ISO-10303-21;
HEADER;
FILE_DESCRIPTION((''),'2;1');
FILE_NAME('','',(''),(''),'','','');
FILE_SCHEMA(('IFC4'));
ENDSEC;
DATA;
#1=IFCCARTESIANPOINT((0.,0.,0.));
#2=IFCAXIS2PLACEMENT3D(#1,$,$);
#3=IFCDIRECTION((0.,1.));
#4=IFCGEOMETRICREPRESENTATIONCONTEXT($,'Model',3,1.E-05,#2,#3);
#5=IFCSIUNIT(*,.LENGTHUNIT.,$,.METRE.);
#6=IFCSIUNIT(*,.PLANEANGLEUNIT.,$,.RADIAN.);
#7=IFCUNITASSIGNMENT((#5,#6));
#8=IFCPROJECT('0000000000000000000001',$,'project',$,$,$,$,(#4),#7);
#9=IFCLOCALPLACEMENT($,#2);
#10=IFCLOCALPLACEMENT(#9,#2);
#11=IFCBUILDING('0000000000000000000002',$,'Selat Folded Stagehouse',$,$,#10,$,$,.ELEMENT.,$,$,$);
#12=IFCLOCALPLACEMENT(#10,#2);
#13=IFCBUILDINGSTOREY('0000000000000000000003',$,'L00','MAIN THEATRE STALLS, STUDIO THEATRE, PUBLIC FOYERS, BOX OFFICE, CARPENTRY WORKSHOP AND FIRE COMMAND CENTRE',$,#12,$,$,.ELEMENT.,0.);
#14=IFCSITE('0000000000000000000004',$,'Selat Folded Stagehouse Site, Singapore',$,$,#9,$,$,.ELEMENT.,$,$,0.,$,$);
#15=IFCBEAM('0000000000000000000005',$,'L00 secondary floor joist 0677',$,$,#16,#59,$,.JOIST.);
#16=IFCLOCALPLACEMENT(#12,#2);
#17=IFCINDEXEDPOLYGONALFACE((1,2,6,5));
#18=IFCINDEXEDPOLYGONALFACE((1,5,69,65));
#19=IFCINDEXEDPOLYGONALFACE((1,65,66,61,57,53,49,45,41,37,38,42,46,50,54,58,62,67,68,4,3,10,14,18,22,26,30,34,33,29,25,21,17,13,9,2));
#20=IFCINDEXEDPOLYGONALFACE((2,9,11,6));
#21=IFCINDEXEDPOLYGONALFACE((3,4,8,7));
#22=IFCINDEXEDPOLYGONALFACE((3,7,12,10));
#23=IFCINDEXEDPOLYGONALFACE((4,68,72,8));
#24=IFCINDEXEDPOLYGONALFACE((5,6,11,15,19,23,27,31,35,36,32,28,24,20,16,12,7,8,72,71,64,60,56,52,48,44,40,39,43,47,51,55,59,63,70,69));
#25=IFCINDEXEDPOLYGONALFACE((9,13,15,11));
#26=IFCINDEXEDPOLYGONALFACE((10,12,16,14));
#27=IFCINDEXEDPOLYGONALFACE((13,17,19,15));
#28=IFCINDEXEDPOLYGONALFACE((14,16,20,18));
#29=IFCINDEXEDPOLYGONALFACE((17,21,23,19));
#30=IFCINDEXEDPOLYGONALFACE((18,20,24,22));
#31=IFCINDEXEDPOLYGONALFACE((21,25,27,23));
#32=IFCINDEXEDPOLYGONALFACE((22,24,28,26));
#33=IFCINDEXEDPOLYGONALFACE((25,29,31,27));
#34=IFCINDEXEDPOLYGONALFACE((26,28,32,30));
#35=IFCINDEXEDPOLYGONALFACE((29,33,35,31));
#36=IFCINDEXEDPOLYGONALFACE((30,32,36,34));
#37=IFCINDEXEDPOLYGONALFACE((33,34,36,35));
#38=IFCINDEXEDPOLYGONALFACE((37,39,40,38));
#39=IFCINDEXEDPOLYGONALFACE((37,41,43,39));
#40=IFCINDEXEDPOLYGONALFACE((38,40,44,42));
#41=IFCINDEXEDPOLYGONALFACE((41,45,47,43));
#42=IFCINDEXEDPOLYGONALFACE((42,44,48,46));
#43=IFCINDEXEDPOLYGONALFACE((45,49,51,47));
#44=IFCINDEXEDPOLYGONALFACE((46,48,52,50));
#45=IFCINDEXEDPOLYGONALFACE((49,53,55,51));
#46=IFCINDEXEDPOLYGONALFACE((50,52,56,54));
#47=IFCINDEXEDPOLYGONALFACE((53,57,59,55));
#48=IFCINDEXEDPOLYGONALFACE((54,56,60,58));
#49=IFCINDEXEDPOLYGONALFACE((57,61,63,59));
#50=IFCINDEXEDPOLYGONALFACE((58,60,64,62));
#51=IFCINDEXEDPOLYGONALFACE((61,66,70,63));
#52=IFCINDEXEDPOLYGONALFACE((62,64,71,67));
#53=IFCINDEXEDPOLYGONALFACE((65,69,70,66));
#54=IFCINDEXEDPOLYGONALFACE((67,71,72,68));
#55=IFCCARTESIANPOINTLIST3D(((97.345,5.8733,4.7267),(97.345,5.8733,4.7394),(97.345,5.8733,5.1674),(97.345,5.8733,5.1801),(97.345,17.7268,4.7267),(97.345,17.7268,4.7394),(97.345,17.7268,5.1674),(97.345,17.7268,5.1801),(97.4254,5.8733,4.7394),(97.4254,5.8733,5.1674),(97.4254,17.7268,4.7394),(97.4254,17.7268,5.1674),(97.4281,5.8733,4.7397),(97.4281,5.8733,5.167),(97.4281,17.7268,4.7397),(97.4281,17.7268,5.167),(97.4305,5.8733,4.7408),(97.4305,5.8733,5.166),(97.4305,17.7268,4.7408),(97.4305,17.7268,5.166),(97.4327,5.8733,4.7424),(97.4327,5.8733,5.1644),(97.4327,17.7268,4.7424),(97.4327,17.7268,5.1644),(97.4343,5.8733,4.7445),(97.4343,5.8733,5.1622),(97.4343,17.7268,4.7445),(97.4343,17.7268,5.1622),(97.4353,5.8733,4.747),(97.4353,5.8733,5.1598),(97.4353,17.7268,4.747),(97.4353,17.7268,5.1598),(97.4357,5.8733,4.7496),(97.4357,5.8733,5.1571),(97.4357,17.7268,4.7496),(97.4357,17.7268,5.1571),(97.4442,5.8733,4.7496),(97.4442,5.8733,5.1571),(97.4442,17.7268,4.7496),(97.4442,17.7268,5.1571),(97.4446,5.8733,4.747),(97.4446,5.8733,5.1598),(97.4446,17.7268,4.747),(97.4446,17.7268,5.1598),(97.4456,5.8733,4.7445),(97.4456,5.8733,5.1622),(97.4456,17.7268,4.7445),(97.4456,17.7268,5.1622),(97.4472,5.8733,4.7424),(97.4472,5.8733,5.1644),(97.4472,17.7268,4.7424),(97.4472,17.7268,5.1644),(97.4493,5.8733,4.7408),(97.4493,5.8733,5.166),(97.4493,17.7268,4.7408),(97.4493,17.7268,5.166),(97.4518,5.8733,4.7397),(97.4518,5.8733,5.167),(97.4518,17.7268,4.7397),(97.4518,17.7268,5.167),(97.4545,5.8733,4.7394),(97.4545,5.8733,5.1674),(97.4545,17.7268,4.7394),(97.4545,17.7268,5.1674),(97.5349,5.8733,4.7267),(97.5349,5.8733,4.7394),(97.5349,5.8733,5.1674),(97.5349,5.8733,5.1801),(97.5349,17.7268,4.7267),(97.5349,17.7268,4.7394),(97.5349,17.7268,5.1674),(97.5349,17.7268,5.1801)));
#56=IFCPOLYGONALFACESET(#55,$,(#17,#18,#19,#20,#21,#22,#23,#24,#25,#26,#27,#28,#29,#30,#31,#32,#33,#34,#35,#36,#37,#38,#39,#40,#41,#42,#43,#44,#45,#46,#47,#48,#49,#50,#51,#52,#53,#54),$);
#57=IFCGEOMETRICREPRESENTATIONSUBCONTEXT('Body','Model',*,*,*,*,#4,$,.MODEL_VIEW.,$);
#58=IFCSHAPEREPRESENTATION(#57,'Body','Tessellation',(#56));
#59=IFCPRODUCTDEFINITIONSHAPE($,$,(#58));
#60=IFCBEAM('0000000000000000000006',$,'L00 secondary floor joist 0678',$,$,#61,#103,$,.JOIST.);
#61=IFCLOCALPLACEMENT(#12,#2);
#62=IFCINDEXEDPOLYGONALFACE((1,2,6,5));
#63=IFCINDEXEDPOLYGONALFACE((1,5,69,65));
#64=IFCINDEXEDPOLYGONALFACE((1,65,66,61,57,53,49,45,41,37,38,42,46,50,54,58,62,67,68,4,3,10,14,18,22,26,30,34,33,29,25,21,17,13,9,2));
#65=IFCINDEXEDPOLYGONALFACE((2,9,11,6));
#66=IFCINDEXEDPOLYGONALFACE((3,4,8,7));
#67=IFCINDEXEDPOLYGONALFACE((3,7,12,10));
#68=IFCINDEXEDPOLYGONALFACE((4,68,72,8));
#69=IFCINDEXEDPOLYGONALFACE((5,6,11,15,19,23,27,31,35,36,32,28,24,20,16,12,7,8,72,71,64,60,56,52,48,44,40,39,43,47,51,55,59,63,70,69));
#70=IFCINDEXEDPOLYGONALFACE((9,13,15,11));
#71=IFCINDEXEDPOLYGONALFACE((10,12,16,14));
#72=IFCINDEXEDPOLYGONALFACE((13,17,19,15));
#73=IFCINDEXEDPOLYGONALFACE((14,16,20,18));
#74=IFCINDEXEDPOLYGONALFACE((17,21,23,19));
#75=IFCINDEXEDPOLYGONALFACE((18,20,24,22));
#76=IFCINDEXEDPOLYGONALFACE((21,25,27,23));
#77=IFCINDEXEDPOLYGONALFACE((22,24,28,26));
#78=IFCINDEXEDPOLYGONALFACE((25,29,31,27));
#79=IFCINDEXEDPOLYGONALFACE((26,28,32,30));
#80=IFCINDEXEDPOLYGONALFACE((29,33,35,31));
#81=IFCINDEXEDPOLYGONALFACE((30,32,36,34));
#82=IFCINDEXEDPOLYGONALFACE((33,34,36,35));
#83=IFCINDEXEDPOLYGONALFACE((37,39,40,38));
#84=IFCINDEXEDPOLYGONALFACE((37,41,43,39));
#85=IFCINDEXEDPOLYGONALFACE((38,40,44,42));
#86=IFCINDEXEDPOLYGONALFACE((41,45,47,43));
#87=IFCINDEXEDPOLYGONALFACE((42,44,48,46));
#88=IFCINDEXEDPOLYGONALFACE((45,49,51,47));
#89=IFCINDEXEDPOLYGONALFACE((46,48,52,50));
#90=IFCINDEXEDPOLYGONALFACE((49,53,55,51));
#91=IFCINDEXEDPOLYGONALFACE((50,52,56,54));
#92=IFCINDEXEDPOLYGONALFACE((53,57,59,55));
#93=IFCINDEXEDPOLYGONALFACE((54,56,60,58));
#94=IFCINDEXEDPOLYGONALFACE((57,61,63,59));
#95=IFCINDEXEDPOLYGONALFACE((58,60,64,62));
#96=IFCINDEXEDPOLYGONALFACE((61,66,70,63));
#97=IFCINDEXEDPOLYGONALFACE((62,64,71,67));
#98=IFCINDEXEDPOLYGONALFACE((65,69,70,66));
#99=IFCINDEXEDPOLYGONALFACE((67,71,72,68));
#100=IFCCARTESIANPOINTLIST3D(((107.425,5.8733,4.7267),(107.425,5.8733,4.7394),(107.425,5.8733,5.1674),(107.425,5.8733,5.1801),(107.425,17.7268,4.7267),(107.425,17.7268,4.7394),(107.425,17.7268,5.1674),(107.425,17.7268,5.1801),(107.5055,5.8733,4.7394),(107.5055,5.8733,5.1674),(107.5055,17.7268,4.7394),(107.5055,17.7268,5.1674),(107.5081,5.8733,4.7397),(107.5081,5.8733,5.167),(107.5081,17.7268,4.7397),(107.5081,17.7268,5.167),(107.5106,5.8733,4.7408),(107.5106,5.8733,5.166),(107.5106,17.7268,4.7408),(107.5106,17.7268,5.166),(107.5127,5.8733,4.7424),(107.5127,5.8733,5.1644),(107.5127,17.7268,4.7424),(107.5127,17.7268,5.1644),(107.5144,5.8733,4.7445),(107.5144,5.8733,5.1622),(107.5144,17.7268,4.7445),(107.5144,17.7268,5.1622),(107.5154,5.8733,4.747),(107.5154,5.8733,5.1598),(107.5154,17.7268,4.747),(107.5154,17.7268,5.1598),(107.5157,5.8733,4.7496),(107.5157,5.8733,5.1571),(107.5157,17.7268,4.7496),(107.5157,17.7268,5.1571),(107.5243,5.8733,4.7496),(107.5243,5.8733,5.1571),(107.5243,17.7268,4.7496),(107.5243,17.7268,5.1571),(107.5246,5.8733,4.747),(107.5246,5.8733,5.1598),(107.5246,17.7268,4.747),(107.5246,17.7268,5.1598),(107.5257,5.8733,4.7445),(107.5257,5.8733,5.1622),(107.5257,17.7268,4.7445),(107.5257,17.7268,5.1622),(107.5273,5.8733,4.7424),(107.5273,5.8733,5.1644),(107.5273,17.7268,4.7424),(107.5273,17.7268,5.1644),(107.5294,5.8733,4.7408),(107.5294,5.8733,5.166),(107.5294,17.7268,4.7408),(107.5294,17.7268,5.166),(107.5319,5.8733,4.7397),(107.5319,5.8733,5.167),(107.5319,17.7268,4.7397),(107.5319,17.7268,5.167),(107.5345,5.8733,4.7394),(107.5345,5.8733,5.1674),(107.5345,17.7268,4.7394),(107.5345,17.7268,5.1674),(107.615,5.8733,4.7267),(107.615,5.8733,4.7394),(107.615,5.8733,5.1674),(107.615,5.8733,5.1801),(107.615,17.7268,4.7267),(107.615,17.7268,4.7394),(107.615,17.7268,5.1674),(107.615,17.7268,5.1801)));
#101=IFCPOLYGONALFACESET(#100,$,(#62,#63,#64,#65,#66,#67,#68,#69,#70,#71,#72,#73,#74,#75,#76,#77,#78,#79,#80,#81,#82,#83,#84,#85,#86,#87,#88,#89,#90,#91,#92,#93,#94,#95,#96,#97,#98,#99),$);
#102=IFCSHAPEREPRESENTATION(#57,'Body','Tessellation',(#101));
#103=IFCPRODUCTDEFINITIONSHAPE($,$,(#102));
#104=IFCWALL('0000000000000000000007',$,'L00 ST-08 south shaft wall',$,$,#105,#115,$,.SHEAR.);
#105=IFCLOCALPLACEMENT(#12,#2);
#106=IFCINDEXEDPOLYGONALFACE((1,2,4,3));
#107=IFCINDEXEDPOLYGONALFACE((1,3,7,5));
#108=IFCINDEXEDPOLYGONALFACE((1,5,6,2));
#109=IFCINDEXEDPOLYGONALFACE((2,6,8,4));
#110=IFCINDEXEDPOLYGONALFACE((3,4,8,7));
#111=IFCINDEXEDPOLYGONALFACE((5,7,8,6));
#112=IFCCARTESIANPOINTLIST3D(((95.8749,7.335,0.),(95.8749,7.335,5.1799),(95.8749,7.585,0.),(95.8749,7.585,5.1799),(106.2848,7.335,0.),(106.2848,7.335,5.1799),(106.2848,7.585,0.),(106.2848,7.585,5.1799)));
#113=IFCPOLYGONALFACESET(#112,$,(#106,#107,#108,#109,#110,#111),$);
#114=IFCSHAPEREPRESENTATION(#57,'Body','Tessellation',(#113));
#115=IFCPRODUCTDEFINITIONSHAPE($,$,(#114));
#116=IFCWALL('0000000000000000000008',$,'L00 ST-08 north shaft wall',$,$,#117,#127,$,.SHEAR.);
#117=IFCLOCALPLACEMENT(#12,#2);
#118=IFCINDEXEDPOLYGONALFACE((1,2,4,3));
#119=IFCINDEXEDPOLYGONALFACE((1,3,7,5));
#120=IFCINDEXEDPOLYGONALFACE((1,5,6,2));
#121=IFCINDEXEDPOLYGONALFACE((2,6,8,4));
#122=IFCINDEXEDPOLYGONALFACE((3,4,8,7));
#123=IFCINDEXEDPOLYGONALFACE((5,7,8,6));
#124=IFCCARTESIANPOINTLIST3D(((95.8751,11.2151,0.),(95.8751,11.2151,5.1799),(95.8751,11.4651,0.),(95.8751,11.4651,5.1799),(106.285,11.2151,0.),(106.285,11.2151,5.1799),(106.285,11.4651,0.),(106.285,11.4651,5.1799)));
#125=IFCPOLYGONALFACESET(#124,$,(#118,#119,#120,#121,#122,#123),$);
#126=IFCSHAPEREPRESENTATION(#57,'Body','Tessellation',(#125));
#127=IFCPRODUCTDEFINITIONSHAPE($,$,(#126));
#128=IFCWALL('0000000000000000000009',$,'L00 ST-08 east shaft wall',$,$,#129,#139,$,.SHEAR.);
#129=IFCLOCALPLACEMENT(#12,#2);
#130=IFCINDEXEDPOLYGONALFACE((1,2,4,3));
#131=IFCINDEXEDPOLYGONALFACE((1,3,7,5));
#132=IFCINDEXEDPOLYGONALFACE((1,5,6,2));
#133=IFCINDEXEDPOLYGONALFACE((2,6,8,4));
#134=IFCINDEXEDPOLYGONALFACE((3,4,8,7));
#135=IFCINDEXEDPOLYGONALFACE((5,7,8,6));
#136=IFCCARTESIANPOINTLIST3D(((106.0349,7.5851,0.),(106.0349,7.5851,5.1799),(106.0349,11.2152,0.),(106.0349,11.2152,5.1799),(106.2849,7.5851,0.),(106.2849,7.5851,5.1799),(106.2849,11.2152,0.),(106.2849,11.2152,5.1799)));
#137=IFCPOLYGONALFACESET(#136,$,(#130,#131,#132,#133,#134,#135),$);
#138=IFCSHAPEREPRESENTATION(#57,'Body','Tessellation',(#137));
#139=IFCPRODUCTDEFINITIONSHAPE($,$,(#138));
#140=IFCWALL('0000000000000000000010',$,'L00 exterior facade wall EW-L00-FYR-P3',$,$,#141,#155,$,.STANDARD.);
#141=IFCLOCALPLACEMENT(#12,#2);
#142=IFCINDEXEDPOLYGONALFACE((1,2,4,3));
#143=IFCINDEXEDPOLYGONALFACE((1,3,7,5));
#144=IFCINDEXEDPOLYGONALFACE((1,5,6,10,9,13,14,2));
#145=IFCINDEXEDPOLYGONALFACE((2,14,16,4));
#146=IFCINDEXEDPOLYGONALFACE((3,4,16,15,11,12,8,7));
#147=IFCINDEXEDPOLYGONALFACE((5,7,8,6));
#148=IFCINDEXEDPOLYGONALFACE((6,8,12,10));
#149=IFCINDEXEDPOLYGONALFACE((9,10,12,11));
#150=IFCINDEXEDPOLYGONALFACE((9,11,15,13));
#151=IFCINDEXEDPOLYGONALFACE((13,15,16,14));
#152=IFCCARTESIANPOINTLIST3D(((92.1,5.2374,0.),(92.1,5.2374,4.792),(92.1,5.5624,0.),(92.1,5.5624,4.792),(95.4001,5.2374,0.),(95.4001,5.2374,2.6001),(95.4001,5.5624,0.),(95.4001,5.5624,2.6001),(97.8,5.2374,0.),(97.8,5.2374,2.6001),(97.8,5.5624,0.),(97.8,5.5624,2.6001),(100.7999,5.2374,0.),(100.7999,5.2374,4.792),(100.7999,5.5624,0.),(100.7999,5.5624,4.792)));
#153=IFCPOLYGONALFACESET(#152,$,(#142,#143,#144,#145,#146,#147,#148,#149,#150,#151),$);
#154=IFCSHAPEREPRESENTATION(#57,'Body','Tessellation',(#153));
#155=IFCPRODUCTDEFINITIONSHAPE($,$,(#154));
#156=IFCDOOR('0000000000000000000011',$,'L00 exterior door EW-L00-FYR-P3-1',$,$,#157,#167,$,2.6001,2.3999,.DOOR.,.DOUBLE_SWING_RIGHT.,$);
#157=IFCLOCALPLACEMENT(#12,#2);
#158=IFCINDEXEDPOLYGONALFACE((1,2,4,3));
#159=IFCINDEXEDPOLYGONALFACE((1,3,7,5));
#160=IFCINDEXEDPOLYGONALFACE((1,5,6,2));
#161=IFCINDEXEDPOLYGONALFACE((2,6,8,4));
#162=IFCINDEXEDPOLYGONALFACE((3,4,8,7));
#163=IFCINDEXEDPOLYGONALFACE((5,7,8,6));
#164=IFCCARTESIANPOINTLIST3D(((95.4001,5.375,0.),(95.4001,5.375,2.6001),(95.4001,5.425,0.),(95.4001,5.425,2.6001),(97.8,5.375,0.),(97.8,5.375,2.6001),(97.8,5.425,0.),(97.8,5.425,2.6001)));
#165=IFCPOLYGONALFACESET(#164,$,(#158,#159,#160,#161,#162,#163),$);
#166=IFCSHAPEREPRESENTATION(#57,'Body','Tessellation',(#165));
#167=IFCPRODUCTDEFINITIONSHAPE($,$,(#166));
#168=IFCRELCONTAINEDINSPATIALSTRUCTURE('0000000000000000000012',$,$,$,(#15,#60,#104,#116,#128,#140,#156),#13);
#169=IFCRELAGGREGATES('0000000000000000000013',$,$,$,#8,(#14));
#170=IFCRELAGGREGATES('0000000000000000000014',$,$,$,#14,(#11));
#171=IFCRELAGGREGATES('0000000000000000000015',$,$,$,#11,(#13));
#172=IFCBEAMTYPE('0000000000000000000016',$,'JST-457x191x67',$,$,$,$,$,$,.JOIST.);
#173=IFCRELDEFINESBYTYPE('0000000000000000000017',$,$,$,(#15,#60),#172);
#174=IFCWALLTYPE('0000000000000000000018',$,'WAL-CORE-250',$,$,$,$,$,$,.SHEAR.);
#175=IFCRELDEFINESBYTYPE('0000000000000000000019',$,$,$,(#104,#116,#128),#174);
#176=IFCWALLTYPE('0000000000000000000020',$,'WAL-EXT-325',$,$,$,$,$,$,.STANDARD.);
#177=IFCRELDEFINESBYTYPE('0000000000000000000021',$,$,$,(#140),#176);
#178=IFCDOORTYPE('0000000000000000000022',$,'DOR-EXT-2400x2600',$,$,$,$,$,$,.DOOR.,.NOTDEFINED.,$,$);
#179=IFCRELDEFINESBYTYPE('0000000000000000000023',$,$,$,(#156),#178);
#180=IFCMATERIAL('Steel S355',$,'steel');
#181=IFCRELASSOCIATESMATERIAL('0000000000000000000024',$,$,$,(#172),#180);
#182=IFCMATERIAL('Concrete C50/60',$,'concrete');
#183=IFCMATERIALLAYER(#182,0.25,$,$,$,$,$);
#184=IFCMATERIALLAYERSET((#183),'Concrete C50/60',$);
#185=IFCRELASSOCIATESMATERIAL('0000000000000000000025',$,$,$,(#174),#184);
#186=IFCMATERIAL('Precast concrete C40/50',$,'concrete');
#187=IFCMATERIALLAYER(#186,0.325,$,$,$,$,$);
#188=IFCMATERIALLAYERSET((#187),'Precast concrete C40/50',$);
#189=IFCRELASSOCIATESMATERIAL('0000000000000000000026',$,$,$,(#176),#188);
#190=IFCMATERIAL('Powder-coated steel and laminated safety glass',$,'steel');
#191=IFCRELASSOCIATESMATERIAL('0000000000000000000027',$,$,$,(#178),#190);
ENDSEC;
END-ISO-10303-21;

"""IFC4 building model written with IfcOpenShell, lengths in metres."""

from ifc_helpers import new_model, si_unit, direction, frame, frame_2d, origin, origin_2d, place, context, subcontext, project, spatial, rectangle, i_section, extrude, material, layer, layer_set, material_profile, profile_set, type_object, element, fill, save


model = new_model("IFC4")

# Units and contexts
model_context = context("Model", 3, precision=1e-05, world=origin(), true_north=direction((0.0, 1.0)))
body_context = subcontext(model_context, "Body", "Model", "MODEL_VIEW")
ifc_project = project(units=[si_unit("LENGTHUNIT", "METRE"), si_unit("PLANEANGLEUNIT", "RADIAN")], contexts=[model_context])

# Site, building, storey
site_placement = place(None, origin())
site = spatial("IfcSite", under=ifc_project, at=site_placement, Name="Selat Folded Stagehouse Site, Singapore", CompositionType="ELEMENT", RefElevation=0.0)
building_placement = place(site_placement, origin())
building = spatial("IfcBuilding", under=site, at=building_placement, Name="Selat Folded Stagehouse", CompositionType="ELEMENT")
storey_placement = place(building_placement, origin())
storey = spatial("IfcBuildingStorey", under=building, at=storey_placement, Name="L00", Description="MAIN THEATRE STALLS, STUDIO THEATRE, PUBLIC FOYERS, BOX OFFICE, CARPENTRY WORKSHOP AND FIRE COMMAND CENTRE", CompositionType="ELEMENT", Elevation=0.0)

# Shared definitions
ifc_material_1 = material(Name="Steel S355", Category="steel")

# Beams
ifc_material_profile_1 = material_profile(ifc_material_1, i_section(OverallWidth=0.1899, OverallDepth=0.4534, WebThickness=0.0085, FlangeThickness=0.0127, FilletRadius=0.0103, at=origin_2d()), Name="UKB 457x191x67")
ifc_profile_set_1 = profile_set([ifc_material_profile_1], Name="Steel S355")
beam_type_1 = type_object("IfcBeamType", Name="JST-457x191x67", PredefinedType="JOIST", material=ifc_profile_set_1)
for number, where, z_axis, x_axis, name in (
    (1, (97.4399, 5.8733, 4.9534), (0.0, 1.0, 0.0), (-1.0, 0.0, 0.0), "L00 secondary floor joist 0677"),
    (2, (107.52, 5.8733, 4.9534), (0.0, 1.0, 0.0), (-1.0, 0.0, 0.0), "L00 secondary floor joist 0678"),
):
    element("IfcBeam", number, at=place(storey_placement, frame(where, z_axis=z_axis, x_axis=x_axis)), inside=storey, type_object=beam_type_1, Name=name, PredefinedType="JOIST", context=body_context, shape_type="SweptSolid", body=[
        extrude(i_section(OverallWidth=0.1899, OverallDepth=0.4534, WebThickness=0.0085, FlangeThickness=0.0127, FilletRadius=0.0103, at=origin_2d()), origin(), (0.0, 0.0, 1.0), 11.8535),
    ])

# Walls
ifc_material_2 = material(Name="Concrete C50/60", Category="concrete")
ifc_layer_1 = layer(ifc_material_2, 0.25)
ifc_layer_set_1 = layer_set([ifc_layer_1], Name="Concrete C50/60")
wall_type_1 = type_object("IfcWallType", Name="WAL-CORE-250", PredefinedType="SHEAR", material=ifc_layer_set_1)
for number, where, z_axis, x_axis, name in (
    (3, (106.2849, 7.46, 0.0), (0.0, 0.0, 1.0), (-1.0, 0.0, 0.0), "L00 ST-08 south shaft wall"),
    (4, (95.875, 11.3401, 0.0), (0.0, 0.0, 1.0), (1.0, 0.0, 0.0), "L00 ST-08 north shaft wall"),
):
    element("IfcWall", number, at=place(storey_placement, frame(where, z_axis=z_axis, x_axis=x_axis)), inside=storey, type_object=wall_type_1, Name=name, PredefinedType="SHEAR", context=body_context, shape_type="SweptSolid", body=[
        extrude(rectangle(XDim=10.4099, YDim=0.25, at=frame_2d((5.2051, 0.0))), origin(), (0.0, 0.0, 1.0), 5.1799),
    ])

# Wall
wall_1_placement = place(storey_placement, frame((106.1599, 11.2151, 0.0), z_axis=(0.0, 0.0, 1.0), x_axis=(0.0, -1.0, 0.0)))
element("IfcWall", 5, at=wall_1_placement, inside=storey, type_object=wall_type_1, Name="L00 ST-08 east shaft wall", PredefinedType="SHEAR", context=body_context, shape_type="SweptSolid", body=[
    extrude(rectangle(XDim=3.6301, YDim=0.25, at=frame_2d((1.8149, 0.0))), origin(), (0.0, 0.0, 1.0), 5.1799),
])

# Wall, opening, door
ifc_material_3 = material(Name="Precast concrete C40/50", Category="concrete")
ifc_layer_2 = layer(ifc_material_3, 0.325)
ifc_layer_set_2 = layer_set([ifc_layer_2], Name="Precast concrete C40/50")
wall_type_2 = type_object("IfcWallType", Name="WAL-EXT-325", PredefinedType="STANDARD", material=ifc_layer_set_2)
wall_2_placement = place(storey_placement, frame((100.8, 5.3999, 0.0), z_axis=(0.0, 0.0, 1.0), x_axis=(-1.0, 0.0, 0.0)))
wall_2 = element("IfcWall", 6, at=wall_2_placement, inside=storey, type_object=wall_type_2, Name="L00 exterior facade wall EW-L00-FYR-P3", PredefinedType="STANDARD", context=body_context, shape_type="SweptSolid", body=[
    extrude(rectangle(XDim=8.7, YDim=0.325, at=frame_2d((4.3501, 0.0))), origin(), (0.0, 0.0, 1.0), 4.792),
])
opening_1_placement = place(wall_2_placement, frame((3.0, 0.0, 0.0)))
opening_1 = element("IfcOpeningElement", 7, at=opening_1_placement, cuts=wall_2, PredefinedType="OPENING", context=body_context, shape_type="SweptSolid", body=[
    extrude(rectangle(XDim=2.3999, YDim=2.6001, at=frame_2d((1.2, 1.3))), frame((0.0, 0.1724, 0.0), z_axis=(0.0, -1.0, 0.0), x_axis=(1.0, 0.0, 0.0)), (0.0, 0.0, 1.0), 0.345),
])
ifc_material_4 = material(Name="Powder-coated steel and laminated safety glass", Category="steel")
door_type_1 = type_object("IfcDoorType", Name="DOR-EXT-2400x2600", OperationType="NOTDEFINED", PredefinedType="DOOR", material=ifc_material_4)
door_1_placement = place(opening_1_placement, origin())
door_1 = element("IfcDoor", 8, at=door_1_placement, inside=storey, type_object=door_type_1, Name="L00 exterior door EW-L00-FYR-P3-1", OperationType="DOUBLE_SWING_RIGHT", OverallHeight=2.6001, OverallWidth=2.3999, PredefinedType="DOOR", context=body_context, shape_type="SweptSolid", body=[
    extrude(rectangle(XDim=2.3999, YDim=2.6001, at=frame_2d((1.2, 1.3))), frame((0.0, 0.0249, 0.0), z_axis=(0.0, -1.0, 0.0), x_axis=(1.0, 0.0, 0.0)), (0.0, 0.0, 1.0), 0.05),
])
fill(opening_1, door_1)

save(model, "model.ifc")
